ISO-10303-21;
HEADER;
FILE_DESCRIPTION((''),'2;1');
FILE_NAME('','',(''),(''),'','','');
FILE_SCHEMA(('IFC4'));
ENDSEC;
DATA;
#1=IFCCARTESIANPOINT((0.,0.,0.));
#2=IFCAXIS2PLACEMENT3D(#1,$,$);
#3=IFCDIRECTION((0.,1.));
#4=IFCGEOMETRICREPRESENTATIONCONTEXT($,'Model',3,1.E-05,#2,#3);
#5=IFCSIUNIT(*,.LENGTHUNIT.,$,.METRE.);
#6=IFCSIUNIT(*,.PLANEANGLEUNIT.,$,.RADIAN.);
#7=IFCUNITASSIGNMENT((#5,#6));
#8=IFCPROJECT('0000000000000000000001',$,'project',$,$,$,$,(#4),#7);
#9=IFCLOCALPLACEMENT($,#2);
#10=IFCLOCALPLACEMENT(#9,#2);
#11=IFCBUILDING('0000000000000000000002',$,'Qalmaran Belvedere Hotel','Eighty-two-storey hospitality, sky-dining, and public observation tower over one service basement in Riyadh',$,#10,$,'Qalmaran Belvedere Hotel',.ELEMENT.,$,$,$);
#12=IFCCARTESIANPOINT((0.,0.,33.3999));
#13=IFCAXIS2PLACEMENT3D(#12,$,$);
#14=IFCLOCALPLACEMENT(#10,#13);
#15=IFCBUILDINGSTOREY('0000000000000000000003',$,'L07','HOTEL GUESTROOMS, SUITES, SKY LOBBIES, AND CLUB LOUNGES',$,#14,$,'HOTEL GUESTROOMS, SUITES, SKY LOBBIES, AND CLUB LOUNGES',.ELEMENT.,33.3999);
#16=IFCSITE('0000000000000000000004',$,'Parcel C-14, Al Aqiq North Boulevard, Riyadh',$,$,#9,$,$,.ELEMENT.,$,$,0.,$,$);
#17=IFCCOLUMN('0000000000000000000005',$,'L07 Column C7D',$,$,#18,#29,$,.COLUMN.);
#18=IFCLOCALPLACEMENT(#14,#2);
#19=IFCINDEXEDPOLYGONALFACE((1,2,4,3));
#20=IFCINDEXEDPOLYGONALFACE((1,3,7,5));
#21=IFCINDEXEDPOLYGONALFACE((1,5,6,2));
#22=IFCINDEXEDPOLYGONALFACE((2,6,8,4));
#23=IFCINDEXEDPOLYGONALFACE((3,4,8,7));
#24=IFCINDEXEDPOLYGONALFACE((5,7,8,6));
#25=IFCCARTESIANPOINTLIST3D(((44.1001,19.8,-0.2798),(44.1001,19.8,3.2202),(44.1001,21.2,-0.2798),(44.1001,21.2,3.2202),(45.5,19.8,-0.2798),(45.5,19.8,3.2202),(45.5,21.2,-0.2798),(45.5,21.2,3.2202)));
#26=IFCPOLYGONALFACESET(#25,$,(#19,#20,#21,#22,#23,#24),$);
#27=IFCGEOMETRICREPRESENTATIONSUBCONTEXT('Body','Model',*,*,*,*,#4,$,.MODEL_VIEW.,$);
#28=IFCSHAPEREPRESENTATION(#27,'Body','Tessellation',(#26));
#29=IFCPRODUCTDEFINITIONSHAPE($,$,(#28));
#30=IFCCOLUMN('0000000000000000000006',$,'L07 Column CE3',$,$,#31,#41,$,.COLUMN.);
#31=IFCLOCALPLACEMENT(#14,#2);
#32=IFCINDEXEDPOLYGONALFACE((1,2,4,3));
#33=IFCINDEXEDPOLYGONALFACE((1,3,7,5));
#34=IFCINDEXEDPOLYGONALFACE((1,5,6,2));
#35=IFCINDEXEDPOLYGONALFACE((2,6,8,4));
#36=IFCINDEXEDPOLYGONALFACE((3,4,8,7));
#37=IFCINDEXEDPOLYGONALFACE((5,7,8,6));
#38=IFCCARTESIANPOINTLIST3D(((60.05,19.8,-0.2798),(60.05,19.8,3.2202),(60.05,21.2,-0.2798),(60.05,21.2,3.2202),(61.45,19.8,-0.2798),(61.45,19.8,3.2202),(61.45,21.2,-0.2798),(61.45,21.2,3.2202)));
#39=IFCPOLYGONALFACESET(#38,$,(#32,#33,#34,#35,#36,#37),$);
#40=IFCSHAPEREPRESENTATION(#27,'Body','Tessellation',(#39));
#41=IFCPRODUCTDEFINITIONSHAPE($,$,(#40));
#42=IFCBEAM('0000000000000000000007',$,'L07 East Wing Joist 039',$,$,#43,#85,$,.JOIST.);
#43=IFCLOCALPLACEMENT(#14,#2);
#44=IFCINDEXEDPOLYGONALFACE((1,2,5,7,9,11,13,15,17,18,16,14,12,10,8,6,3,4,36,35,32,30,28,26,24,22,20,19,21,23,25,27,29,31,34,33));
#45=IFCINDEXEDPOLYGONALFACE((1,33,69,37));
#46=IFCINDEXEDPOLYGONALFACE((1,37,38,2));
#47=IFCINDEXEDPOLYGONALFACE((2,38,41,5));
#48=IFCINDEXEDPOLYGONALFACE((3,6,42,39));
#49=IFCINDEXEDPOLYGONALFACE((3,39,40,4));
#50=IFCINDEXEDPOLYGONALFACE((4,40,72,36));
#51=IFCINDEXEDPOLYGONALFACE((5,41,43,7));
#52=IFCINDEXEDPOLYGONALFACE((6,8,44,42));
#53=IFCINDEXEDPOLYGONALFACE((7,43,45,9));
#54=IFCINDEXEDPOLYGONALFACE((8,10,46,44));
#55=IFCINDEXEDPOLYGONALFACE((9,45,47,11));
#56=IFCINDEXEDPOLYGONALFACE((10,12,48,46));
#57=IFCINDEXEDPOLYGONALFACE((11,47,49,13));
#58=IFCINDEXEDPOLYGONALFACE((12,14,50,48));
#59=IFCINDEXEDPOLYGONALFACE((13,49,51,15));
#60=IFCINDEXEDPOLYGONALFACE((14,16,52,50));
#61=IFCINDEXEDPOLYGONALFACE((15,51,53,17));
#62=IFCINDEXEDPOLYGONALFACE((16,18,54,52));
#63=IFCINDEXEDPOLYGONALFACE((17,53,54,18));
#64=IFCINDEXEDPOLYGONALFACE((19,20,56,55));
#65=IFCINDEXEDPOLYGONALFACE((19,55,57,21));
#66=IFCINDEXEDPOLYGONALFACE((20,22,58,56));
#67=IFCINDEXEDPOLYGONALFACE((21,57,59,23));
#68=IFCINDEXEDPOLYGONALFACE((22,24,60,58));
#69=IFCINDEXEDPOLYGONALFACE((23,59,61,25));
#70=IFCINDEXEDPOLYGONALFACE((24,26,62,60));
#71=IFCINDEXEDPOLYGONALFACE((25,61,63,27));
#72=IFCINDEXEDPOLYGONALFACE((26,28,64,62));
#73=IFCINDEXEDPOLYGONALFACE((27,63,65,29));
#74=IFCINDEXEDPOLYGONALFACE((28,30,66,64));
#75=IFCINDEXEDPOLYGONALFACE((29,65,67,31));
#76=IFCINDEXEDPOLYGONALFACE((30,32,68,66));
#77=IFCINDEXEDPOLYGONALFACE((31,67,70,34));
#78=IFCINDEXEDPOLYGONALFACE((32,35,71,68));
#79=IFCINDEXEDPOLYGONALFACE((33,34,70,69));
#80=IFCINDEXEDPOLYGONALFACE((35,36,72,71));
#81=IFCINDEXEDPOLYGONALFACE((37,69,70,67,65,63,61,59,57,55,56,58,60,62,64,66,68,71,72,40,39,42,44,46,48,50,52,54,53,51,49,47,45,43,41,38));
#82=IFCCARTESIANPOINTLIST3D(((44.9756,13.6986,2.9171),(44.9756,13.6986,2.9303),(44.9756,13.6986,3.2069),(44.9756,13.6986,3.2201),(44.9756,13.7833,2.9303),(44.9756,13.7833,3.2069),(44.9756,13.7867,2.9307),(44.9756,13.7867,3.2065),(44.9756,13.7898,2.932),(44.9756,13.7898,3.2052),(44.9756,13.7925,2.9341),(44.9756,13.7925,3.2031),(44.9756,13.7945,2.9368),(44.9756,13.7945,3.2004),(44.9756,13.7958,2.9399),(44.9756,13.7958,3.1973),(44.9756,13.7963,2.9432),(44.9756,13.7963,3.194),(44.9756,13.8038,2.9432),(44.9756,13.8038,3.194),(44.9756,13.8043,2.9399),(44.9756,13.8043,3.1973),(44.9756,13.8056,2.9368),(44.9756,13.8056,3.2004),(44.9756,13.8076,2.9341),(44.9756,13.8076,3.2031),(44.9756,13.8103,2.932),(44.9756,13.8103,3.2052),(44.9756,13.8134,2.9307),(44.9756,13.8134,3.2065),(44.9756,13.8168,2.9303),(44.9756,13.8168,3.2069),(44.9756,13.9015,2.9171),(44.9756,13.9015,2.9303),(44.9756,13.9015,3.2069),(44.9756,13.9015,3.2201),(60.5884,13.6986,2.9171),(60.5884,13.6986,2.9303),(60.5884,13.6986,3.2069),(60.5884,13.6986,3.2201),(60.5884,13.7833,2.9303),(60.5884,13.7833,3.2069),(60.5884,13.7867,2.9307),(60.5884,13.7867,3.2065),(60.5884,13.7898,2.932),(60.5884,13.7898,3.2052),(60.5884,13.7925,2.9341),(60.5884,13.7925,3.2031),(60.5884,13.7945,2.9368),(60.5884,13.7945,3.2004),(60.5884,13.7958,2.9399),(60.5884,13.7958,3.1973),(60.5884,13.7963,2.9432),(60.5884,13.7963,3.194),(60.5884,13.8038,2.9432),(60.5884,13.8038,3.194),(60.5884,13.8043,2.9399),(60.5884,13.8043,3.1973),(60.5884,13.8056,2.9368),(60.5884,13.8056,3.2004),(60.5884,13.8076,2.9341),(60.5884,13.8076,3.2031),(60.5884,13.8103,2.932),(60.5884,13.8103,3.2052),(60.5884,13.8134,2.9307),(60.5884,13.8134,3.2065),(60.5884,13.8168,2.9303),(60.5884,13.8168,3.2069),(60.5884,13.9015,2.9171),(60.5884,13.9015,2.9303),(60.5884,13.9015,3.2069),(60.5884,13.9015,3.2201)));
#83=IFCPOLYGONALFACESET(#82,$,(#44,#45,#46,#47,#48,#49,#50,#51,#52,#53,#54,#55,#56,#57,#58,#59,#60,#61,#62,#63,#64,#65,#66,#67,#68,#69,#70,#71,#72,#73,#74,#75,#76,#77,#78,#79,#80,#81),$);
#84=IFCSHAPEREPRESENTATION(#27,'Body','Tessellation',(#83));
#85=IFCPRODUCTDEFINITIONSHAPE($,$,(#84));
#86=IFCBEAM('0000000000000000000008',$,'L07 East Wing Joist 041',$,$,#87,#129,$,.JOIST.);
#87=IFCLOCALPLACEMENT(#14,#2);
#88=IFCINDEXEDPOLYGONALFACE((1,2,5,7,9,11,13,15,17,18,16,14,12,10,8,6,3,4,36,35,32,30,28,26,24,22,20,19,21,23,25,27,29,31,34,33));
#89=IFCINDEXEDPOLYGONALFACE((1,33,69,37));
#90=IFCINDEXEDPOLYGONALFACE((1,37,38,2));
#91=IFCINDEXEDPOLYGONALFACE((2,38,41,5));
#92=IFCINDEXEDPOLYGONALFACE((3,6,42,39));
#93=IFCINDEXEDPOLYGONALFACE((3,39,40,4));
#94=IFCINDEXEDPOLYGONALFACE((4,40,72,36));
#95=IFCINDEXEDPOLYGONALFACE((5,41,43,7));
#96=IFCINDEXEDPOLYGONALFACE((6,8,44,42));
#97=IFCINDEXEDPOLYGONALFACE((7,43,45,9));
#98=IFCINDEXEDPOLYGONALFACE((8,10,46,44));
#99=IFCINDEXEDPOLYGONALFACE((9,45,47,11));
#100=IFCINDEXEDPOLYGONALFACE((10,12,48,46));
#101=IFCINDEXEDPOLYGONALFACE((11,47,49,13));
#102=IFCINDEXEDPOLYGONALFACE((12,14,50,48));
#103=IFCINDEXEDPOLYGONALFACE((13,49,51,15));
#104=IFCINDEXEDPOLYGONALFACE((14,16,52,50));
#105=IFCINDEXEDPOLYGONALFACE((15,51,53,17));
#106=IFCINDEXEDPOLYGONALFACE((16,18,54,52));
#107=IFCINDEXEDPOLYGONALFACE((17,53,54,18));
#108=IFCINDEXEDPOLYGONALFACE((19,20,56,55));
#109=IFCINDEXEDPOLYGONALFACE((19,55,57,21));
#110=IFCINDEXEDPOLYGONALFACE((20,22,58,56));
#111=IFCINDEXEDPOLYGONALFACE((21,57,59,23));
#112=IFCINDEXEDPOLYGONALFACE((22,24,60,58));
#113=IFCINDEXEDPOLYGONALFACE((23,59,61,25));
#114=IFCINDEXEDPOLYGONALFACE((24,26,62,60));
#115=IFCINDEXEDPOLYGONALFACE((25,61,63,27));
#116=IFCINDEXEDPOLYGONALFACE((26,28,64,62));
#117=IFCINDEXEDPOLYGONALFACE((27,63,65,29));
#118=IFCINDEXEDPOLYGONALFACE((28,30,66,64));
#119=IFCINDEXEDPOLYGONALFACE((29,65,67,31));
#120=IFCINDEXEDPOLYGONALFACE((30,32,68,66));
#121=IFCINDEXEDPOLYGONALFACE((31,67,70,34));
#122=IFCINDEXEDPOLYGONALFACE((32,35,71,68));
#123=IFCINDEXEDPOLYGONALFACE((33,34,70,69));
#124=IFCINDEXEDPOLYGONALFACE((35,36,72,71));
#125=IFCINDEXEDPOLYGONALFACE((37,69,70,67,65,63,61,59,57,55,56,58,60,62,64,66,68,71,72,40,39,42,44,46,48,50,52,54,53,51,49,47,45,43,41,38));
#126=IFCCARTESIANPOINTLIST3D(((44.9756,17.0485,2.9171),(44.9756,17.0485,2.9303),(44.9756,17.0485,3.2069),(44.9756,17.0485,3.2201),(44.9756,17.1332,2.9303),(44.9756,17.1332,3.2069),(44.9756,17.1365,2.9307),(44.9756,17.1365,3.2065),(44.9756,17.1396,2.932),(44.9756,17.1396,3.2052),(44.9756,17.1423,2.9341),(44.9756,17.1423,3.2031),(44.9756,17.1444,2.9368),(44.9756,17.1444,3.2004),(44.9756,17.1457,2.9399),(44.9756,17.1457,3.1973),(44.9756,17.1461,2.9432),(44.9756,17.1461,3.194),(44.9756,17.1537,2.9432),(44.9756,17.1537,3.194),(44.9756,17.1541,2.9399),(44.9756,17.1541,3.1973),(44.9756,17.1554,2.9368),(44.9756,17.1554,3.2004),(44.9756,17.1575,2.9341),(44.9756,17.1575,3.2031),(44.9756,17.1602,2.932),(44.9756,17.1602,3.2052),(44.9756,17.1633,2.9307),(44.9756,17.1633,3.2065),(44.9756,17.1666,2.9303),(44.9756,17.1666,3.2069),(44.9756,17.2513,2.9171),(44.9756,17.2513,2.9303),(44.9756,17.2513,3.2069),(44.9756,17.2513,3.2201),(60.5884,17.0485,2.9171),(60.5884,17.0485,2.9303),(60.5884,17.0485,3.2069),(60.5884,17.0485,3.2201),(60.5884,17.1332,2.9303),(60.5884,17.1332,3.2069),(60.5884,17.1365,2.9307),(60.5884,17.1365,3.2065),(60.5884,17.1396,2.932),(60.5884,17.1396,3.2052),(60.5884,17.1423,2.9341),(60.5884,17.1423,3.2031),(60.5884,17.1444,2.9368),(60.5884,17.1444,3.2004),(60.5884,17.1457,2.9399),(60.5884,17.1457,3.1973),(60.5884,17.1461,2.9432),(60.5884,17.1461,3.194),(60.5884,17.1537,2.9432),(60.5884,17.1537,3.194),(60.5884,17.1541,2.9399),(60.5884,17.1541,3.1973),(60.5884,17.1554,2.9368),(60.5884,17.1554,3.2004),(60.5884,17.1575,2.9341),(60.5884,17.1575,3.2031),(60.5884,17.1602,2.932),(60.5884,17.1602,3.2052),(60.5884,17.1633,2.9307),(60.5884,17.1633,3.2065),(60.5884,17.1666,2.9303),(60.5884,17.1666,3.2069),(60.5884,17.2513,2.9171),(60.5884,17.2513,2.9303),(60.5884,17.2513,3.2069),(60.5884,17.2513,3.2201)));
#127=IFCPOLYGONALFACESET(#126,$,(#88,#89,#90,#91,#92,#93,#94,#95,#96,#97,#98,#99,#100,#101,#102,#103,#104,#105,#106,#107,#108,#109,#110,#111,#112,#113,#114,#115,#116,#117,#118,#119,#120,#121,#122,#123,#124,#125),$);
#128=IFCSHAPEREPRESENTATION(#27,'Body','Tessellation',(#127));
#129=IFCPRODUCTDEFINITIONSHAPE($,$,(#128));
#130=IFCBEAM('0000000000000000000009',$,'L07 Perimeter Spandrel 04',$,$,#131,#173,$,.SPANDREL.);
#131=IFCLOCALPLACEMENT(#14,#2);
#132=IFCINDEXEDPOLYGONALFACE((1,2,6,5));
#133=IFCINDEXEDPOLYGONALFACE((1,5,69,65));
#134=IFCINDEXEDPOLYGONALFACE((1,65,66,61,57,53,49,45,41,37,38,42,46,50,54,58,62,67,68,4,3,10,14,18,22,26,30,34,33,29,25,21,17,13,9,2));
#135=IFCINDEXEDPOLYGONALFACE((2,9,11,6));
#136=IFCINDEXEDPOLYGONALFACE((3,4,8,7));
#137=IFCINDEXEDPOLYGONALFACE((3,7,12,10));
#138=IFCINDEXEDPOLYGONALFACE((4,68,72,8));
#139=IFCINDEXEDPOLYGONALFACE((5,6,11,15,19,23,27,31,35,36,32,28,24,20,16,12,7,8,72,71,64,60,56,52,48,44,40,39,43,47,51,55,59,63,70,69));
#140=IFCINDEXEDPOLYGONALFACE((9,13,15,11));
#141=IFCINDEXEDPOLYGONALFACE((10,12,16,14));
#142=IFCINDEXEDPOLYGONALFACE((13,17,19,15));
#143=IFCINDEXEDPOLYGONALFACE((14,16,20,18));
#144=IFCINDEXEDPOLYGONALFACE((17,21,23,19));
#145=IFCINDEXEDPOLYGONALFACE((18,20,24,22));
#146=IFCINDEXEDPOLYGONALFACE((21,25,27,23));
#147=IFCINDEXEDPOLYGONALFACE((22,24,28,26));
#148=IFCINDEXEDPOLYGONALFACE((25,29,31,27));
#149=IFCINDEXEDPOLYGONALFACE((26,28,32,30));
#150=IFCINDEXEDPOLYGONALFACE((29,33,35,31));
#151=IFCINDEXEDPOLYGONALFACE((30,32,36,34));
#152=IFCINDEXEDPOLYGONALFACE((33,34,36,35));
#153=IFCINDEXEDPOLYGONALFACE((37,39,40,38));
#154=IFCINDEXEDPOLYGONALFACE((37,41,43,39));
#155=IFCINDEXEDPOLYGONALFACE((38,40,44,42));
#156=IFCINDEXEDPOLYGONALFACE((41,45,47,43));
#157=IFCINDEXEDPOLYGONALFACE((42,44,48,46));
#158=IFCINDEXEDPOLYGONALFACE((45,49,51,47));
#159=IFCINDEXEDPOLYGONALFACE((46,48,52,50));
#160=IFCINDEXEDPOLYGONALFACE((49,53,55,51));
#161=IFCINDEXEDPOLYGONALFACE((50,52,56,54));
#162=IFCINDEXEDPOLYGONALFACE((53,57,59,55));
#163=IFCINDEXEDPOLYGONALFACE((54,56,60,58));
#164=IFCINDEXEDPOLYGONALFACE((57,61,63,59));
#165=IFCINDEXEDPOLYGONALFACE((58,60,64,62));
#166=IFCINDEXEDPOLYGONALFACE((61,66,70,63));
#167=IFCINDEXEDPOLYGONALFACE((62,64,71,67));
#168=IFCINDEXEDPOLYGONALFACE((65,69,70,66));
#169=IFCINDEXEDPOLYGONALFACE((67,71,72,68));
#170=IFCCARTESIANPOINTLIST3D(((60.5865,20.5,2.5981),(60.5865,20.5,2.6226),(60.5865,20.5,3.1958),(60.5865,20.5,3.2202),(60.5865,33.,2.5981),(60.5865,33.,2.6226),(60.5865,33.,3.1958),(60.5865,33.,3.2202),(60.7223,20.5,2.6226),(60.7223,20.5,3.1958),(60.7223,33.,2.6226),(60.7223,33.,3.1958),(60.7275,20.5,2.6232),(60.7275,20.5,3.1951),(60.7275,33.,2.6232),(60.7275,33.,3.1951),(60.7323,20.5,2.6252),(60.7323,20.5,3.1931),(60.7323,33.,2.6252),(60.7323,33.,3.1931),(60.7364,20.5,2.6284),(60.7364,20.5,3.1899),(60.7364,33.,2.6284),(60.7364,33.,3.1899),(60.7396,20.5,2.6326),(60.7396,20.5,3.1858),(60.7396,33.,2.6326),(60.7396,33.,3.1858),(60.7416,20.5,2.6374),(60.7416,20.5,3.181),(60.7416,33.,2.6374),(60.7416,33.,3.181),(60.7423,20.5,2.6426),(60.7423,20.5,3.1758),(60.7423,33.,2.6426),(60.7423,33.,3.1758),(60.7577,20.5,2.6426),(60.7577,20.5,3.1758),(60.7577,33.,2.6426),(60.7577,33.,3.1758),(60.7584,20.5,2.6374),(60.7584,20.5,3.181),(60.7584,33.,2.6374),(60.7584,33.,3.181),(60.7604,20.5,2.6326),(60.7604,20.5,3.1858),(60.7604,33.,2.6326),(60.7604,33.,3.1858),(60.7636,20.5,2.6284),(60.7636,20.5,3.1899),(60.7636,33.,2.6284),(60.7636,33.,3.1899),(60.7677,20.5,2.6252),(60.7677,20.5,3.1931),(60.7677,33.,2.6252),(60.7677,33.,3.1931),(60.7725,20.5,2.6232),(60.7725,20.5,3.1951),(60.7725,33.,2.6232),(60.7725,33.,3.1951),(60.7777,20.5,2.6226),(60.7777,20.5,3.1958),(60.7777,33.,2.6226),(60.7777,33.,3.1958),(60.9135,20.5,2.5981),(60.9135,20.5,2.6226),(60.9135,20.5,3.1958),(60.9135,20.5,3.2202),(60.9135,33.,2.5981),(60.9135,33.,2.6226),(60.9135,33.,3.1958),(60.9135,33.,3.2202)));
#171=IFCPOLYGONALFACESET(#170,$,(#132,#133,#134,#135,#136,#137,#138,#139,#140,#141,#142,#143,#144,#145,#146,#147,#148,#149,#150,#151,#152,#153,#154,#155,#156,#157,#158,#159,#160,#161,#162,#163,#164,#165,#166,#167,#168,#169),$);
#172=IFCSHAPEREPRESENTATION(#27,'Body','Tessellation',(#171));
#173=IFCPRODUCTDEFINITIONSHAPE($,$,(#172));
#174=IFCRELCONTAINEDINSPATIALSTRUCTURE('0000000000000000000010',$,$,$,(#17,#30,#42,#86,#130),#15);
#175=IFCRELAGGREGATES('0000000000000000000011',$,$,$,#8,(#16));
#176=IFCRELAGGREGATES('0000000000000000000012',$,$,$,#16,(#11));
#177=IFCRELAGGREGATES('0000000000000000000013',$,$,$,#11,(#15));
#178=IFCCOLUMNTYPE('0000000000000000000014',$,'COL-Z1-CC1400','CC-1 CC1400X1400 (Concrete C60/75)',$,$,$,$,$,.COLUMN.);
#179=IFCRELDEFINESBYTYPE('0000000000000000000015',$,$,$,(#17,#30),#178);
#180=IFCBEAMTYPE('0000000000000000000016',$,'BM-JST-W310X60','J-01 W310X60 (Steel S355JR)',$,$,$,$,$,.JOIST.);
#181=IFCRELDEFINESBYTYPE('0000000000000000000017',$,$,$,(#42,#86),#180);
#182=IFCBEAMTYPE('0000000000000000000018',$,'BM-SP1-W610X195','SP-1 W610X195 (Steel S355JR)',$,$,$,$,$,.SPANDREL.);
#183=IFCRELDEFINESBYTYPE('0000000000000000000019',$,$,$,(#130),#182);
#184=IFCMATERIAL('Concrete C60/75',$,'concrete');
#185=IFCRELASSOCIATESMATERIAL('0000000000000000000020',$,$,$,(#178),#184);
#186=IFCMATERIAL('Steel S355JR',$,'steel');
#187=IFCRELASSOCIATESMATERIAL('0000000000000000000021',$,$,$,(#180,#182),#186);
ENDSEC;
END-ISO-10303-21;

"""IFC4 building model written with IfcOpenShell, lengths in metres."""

from ifc_helpers import new_model, si_unit, direction, frame, origin, origin_2d, place, context, subcontext, project, spatial, rectangle, i_section, extrude, material, material_profile, profile_set, type_object, element, save


model = new_model("IFC4")

# Units and contexts
model_context = context("Model", 3, precision=1e-05, world=origin(), true_north=direction((0.0, 1.0)))
body_context = subcontext(model_context, "Body", "Model", "MODEL_VIEW")
ifc_project = project(units=[si_unit("LENGTHUNIT", "METRE"), si_unit("PLANEANGLEUNIT", "RADIAN")], contexts=[model_context])

# Site, building, storey
site_placement = place(None, origin())
site = spatial("IfcSite", under=ifc_project, at=site_placement, Name="Parcel C-14, Al Aqiq North Boulevard, Riyadh", CompositionType="ELEMENT", RefElevation=0.0)
building_placement = place(site_placement, origin())
building = spatial("IfcBuilding", under=site, at=building_placement, Name="Qalmaran Belvedere Hotel", Description="Eighty-two-storey hospitality, sky-dining, and public observation tower over one service basement in Riyadh", LongName="Qalmaran Belvedere Hotel", CompositionType="ELEMENT")
storey_placement = place(building_placement, frame((0.0, 0.0, 33.3999)))
storey = spatial("IfcBuildingStorey", under=building, at=storey_placement, Name="L07", Description="HOTEL GUESTROOMS, SUITES, SKY LOBBIES, AND CLUB LOUNGES", LongName="HOTEL GUESTROOMS, SUITES, SKY LOBBIES, AND CLUB LOUNGES", CompositionType="ELEMENT", Elevation=33.3999)

# Columns
ifc_material_1 = material(Name="Concrete C60/75", Category="concrete")
ifc_material_profile_1 = material_profile(ifc_material_1, rectangle(XDim=1.3999, YDim=1.3999, at=origin_2d()), Name="CC1400X1400")
ifc_profile_set_1 = profile_set([ifc_material_profile_1], Name="Concrete C60/75")
column_type = type_object("IfcColumnType", Name="COL-Z1-CC1400", Description="CC-1 CC1400X1400 (Concrete C60/75)", PredefinedType="COLUMN", material=ifc_profile_set_1)
for number, where, z_axis, x_axis, name in (
    (1, (44.8, 20.5, -0.2798), (0.0, 0.0, 1.0), (1.0, 0.0, 0.0), "L07 Column C7D"),
    (2, (60.75, 20.5, -0.2798), (0.0, 0.0, 1.0), (1.0, 0.0, 0.0), "L07 Column CE3"),
):
    element("IfcColumn", number, at=place(storey_placement, frame(where, z_axis=z_axis, x_axis=x_axis)), inside=storey, type_object=column_type, Name=name, PredefinedType="COLUMN", context=body_context, shape_type="SweptSolid", body=[
        extrude(rectangle(XDim=1.3999, YDim=1.3999, at=origin_2d()), origin(), (0.0, 0.0, 1.0), 3.5),
    ])

# Beams
ifc_material_2 = material(Name="Steel S355JR", Category="steel")
ifc_material_profile_2 = material_profile(ifc_material_2, i_section(OverallWidth=0.2029, OverallDepth=0.303, WebThickness=0.0076, FlangeThickness=0.0132, FilletRadius=0.0129, at=origin_2d()), Name="W310X60")
ifc_profile_set_2 = profile_set([ifc_material_profile_2], Name="Steel S355JR")
beam_type_1 = type_object("IfcBeamType", Name="BM-JST-W310X60", Description="J-01 W310X60 (Steel S355JR)", PredefinedType="JOIST", material=ifc_profile_set_2)
for number, where, z_axis, x_axis, name in (
    (3, (44.9756, 13.8, 3.0686), (1.0, 0.0, 0.0), (0.0, 1.0, 0.0), "L07 East Wing Joist 039"),
    (4, (44.9756, 17.1499, 3.0686), (1.0, 0.0, 0.0), (0.0, 1.0, 0.0), "L07 East Wing Joist 041"),
):
    element("IfcBeam", number, at=place(storey_placement, frame(where, z_axis=z_axis, x_axis=x_axis)), inside=storey, type_object=beam_type_1, Name=name, PredefinedType="JOIST", context=body_context, shape_type="SweptSolid", body=[
        extrude(i_section(OverallWidth=0.2029, OverallDepth=0.303, WebThickness=0.0076, FlangeThickness=0.0132, FilletRadius=0.0129, at=origin_2d()), origin(), (0.0, 0.0, 1.0), 15.6128),
    ])
ifc_material_profile_3 = material_profile(ifc_material_2, i_section(OverallWidth=0.3269, OverallDepth=0.6221, WebThickness=0.0154, FlangeThickness=0.0244, FilletRadius=0.02, at=origin_2d()), Name="W610X195")
ifc_profile_set_3 = profile_set([ifc_material_profile_3], Name="Steel S355JR")
beam_type_2 = type_object("IfcBeamType", Name="BM-SP1-W610X195", Description="SP-1 W610X195 (Steel S355JR)", PredefinedType="SPANDREL", material=ifc_profile_set_3)
beam_1_placement = place(storey_placement, frame((60.75, 20.5, 2.9092), z_axis=(0.0, 1.0, 0.0), x_axis=(-1.0, 0.0, 0.0)))
element("IfcBeam", 5, at=beam_1_placement, inside=storey, type_object=beam_type_2, Name="L07 Perimeter Spandrel 04", PredefinedType="SPANDREL", context=body_context, shape_type="SweptSolid", body=[
    extrude(i_section(OverallWidth=0.3269, OverallDepth=0.6221, WebThickness=0.0154, FlangeThickness=0.0244, FilletRadius=0.02, at=origin_2d()), origin(), (0.0, 0.0, 1.0), 12.5),
])

save(model, "model.ifc")
